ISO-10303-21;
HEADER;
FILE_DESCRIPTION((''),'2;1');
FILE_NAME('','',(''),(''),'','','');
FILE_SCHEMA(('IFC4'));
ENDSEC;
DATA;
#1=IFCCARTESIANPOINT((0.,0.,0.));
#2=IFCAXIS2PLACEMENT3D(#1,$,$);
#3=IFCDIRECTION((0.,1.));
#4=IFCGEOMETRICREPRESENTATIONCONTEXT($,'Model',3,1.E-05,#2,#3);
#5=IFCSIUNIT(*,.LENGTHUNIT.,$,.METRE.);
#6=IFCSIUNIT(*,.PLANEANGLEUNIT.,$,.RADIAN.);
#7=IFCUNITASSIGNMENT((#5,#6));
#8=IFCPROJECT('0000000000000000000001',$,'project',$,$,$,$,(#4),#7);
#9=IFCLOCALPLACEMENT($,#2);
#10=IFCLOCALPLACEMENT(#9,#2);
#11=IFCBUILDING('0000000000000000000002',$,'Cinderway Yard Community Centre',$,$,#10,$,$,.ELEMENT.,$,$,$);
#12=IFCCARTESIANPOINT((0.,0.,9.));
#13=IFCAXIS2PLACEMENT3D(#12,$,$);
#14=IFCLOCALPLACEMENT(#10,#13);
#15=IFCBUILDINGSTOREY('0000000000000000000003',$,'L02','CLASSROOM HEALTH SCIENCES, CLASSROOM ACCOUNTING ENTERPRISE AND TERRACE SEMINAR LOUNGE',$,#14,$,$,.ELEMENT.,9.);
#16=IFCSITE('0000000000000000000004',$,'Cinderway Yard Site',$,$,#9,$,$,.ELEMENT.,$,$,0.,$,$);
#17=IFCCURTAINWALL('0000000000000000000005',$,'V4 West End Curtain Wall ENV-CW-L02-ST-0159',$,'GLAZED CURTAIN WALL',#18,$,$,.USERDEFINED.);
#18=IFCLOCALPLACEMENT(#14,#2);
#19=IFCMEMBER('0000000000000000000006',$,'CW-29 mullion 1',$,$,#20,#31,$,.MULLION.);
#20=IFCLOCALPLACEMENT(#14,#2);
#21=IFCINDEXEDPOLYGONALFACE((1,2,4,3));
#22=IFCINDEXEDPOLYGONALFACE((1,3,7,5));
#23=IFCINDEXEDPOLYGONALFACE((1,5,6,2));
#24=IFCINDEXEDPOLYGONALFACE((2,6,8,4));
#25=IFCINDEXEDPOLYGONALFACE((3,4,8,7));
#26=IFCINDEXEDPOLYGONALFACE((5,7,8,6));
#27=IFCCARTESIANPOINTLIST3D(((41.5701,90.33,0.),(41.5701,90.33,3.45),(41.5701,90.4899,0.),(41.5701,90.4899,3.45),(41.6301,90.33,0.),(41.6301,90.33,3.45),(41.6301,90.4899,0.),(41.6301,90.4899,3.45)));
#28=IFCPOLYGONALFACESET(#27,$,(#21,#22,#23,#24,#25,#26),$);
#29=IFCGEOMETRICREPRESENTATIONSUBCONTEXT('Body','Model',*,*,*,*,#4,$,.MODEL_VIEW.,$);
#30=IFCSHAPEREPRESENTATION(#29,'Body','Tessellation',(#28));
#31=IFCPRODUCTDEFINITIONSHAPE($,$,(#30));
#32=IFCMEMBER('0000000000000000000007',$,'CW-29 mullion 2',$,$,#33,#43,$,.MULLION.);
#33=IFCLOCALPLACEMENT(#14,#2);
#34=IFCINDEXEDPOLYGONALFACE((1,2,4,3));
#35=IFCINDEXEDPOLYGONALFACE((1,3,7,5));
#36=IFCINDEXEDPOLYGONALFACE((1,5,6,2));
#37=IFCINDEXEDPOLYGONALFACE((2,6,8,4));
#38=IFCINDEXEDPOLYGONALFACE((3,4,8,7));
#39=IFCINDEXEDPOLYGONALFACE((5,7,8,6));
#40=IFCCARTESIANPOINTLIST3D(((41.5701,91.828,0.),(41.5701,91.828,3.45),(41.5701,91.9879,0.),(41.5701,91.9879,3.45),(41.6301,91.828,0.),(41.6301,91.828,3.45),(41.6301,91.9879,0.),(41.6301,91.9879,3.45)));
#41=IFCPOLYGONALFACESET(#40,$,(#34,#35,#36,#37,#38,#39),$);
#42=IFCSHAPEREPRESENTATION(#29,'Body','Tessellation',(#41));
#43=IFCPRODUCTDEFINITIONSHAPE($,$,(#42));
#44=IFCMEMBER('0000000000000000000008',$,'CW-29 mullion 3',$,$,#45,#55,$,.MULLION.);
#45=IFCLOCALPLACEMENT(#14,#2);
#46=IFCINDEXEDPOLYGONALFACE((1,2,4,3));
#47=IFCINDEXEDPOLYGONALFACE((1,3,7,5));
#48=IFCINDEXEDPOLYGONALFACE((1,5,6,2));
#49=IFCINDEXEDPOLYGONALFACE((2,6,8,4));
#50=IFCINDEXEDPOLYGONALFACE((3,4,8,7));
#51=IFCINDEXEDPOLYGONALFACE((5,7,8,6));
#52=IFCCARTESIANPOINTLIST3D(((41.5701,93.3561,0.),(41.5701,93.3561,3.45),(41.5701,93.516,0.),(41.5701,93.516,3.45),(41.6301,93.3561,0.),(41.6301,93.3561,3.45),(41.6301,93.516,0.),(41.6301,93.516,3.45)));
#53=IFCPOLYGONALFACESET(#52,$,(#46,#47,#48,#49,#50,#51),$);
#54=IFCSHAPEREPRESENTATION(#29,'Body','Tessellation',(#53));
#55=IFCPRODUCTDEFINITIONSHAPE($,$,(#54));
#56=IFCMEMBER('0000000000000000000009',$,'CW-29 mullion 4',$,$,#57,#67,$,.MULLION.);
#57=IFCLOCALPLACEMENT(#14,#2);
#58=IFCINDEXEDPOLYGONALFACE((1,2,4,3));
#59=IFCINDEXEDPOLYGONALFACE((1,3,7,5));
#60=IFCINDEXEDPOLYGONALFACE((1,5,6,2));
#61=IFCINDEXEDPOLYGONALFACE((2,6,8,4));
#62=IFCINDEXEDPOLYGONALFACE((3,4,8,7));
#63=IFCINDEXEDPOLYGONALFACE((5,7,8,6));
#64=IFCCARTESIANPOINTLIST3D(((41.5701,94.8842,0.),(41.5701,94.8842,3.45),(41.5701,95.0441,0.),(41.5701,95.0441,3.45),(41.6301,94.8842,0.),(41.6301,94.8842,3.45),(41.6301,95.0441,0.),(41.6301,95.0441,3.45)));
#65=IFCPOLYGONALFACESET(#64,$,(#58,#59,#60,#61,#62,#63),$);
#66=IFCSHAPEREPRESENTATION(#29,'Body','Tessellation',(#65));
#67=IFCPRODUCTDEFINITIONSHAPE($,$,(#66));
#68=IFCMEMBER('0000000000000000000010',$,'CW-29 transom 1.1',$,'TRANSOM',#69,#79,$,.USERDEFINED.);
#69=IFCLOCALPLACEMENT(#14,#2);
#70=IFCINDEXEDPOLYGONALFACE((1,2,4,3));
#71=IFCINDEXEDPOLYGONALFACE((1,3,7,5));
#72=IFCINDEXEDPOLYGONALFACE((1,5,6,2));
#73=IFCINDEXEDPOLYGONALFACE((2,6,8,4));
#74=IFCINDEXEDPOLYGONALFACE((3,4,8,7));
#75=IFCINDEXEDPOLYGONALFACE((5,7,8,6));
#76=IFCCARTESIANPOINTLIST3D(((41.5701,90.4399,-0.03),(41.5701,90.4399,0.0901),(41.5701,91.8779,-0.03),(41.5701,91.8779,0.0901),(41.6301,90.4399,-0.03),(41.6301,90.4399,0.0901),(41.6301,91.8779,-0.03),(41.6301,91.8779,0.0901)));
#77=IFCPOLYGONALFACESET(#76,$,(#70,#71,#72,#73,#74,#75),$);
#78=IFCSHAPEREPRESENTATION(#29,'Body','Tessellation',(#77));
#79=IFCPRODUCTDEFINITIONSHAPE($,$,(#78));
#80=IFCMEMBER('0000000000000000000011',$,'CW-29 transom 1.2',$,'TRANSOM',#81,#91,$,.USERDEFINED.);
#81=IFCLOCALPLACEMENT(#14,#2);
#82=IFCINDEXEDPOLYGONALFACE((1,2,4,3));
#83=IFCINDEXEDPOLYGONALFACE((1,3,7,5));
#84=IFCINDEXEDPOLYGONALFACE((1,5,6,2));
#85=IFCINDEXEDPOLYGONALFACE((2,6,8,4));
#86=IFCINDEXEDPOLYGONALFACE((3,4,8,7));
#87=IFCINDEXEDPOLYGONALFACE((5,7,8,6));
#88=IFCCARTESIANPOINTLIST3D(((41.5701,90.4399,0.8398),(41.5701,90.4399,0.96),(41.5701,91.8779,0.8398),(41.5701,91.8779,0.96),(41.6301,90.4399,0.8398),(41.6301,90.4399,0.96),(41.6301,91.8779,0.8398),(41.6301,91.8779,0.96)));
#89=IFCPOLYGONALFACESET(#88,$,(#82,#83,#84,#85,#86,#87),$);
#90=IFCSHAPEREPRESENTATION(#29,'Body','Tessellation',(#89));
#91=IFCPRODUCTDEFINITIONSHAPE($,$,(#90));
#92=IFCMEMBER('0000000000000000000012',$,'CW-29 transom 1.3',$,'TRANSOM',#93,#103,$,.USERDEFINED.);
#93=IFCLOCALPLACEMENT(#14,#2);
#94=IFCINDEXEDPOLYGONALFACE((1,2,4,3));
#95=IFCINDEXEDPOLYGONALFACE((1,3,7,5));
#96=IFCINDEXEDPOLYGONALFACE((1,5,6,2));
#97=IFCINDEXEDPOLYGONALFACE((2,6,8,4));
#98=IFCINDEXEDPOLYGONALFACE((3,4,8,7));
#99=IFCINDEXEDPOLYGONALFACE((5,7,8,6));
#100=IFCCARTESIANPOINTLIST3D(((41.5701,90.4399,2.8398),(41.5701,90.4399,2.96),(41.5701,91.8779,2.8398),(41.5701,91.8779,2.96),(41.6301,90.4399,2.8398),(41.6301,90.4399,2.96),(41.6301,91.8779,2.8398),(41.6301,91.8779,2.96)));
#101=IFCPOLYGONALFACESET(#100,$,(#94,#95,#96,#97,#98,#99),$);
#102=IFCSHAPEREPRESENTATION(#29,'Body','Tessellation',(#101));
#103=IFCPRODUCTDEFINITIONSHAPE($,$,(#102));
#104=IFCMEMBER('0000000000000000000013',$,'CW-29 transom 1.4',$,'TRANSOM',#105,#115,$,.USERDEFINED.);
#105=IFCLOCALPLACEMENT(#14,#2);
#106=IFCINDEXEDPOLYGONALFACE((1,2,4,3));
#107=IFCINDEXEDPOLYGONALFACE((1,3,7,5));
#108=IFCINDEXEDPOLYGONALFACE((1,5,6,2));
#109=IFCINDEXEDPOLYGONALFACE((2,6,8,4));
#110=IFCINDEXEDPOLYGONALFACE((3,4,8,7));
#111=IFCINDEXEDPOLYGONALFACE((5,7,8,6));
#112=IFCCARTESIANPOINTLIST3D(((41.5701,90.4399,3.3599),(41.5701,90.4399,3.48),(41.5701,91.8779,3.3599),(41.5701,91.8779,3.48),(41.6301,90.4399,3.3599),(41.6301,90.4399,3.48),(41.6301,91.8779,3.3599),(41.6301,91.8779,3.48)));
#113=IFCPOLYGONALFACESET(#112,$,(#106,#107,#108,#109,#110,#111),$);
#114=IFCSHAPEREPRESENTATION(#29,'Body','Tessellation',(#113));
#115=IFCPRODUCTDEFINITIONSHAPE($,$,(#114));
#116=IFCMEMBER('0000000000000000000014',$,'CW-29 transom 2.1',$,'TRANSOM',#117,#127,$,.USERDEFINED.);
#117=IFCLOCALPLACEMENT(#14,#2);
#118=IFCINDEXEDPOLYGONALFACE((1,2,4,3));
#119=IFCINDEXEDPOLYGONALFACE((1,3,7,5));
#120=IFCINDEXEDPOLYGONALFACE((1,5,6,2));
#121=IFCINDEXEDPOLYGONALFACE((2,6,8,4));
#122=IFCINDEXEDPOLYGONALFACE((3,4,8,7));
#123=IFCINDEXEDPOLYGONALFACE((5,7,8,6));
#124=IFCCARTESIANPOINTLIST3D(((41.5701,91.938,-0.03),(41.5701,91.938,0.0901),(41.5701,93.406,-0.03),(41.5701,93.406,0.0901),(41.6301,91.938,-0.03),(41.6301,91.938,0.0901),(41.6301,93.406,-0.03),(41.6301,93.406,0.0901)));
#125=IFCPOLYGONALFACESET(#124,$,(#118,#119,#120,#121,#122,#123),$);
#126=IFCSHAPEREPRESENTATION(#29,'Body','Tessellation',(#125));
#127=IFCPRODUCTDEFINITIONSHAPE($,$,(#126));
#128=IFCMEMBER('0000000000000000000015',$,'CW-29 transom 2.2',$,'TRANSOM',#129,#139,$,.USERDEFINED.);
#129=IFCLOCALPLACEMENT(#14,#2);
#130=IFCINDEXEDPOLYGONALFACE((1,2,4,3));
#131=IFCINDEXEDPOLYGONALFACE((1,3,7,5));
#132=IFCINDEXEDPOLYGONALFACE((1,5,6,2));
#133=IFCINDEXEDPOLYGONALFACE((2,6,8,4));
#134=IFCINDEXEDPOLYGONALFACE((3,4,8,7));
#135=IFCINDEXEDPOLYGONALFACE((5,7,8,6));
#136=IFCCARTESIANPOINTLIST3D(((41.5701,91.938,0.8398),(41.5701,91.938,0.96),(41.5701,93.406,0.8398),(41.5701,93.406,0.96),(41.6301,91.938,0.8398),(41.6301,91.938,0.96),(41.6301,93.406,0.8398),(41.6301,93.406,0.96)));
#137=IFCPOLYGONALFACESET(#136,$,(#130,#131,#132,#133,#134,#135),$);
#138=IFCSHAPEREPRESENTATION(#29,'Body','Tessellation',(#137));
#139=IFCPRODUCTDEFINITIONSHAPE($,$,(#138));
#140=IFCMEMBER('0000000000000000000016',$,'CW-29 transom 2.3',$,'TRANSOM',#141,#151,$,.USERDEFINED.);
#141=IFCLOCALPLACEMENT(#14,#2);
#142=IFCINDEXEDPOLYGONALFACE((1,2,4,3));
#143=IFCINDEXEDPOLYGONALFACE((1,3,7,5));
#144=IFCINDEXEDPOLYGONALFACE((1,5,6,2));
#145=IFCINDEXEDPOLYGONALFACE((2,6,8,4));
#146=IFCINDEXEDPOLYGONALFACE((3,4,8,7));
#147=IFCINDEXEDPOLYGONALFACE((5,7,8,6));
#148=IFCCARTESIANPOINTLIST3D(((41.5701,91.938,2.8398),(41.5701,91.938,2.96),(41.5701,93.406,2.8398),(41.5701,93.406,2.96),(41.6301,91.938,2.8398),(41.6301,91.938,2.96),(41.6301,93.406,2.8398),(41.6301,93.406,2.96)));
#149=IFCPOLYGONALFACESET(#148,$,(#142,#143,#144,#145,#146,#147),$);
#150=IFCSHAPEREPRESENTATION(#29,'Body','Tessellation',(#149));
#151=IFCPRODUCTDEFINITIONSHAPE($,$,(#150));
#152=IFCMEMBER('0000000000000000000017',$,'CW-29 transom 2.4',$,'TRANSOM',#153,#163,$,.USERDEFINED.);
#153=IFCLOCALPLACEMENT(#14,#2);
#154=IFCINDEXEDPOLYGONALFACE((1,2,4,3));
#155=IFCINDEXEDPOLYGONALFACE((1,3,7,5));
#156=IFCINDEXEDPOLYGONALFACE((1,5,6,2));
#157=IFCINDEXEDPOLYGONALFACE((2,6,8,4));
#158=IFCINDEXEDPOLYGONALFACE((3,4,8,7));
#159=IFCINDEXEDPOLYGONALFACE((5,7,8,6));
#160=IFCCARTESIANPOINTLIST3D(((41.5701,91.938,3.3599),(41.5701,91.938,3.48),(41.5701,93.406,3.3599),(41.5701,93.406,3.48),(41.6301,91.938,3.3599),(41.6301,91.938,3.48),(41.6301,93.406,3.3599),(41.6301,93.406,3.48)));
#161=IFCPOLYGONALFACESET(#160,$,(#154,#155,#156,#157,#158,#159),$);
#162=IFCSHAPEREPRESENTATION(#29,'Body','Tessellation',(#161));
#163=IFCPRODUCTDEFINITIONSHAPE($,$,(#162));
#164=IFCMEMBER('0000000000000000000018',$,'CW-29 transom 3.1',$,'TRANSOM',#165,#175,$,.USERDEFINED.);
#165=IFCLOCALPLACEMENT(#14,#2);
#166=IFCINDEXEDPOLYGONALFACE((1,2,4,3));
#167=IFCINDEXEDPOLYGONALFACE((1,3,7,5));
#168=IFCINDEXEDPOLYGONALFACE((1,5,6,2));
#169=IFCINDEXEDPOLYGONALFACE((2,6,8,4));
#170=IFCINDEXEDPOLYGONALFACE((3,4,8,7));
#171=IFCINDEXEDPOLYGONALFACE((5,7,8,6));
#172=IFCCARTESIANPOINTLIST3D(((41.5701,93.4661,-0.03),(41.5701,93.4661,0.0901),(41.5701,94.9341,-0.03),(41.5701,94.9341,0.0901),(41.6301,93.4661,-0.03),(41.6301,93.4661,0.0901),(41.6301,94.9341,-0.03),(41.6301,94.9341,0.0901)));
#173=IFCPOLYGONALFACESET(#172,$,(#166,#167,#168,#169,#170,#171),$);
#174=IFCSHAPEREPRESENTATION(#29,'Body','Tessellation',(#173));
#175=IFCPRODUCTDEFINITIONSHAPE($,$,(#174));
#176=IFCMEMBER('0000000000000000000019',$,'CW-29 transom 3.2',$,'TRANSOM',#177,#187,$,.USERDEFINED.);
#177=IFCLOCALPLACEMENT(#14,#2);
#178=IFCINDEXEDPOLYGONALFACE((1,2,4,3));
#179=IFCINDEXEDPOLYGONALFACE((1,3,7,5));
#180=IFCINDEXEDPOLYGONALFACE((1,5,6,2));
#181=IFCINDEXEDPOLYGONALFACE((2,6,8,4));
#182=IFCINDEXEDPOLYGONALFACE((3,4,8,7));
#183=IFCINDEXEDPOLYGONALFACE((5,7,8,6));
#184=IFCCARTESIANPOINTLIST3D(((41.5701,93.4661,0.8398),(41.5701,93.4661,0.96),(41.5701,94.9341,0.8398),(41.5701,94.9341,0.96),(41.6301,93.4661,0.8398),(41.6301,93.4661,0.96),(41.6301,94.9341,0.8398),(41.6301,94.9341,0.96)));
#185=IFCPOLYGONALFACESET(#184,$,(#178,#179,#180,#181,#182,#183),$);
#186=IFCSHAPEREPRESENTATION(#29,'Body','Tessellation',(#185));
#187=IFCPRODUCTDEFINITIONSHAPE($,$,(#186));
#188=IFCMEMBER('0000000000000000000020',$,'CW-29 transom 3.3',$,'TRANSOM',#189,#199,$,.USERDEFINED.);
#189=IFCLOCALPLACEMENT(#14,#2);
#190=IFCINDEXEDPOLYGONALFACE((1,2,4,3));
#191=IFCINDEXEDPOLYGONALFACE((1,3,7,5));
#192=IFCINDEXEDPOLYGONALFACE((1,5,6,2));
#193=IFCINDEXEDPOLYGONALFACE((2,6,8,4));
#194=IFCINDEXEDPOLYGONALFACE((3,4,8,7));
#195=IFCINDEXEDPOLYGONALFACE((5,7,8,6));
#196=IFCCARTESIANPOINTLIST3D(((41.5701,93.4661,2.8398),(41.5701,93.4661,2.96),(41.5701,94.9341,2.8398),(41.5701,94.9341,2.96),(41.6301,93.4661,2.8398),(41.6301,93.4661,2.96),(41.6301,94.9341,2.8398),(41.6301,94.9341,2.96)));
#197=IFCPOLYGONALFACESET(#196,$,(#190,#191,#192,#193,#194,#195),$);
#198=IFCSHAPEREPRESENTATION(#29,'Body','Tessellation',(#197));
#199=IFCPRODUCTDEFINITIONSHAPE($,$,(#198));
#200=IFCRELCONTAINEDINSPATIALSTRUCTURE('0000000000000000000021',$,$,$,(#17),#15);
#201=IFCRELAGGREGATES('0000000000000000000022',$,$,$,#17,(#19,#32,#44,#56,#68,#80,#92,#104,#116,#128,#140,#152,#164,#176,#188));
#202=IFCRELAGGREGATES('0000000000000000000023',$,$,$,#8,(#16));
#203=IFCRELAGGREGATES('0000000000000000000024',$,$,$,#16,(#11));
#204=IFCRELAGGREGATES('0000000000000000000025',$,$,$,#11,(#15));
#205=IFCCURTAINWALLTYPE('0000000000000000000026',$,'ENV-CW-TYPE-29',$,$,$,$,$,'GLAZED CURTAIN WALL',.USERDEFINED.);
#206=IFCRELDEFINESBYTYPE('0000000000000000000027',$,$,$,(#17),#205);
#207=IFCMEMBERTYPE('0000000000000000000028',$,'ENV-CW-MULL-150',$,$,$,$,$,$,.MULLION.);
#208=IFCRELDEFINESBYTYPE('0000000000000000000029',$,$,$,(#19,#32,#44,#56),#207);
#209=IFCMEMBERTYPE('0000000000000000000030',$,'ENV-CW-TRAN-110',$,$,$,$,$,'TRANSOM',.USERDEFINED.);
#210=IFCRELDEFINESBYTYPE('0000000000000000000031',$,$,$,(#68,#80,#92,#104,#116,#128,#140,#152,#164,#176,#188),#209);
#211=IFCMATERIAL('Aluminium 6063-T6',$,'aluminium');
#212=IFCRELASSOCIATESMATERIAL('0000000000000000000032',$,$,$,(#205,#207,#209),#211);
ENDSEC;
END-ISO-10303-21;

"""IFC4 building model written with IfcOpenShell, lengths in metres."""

from ifc_helpers import new_model, si_unit, direction, frame, origin, origin_2d, place, context, subcontext, project, spatial, rectangle, extrude, material, material_profile, profile_set, type_object, element, aggregate, save


model = new_model("IFC4")

# Units and contexts
model_context = context("Model", 3, precision=1e-05, world=origin(), true_north=direction((0.0, 1.0)))
body_context = subcontext(model_context, "Body", "Model", "MODEL_VIEW")
ifc_project = project(units=[si_unit("LENGTHUNIT", "METRE"), si_unit("PLANEANGLEUNIT", "RADIAN")], contexts=[model_context])

# Site, building, storey
site_placement = place(None, origin())
site = spatial("IfcSite", under=ifc_project, at=site_placement, Name="Cinderway Yard Site", CompositionType="ELEMENT", RefElevation=0.0)
building_placement = place(site_placement, origin())
building = spatial("IfcBuilding", under=site, at=building_placement, Name="Cinderway Yard Community Centre", CompositionType="ELEMENT")
storey_placement = place(building_placement, frame((0.0, 0.0, 9.0)))
storey = spatial("IfcBuildingStorey", under=building, at=storey_placement, Name="L02", Description="CLASSROOM HEALTH SCIENCES, CLASSROOM ACCOUNTING ENTERPRISE AND TERRACE SEMINAR LOUNGE", CompositionType="ELEMENT", Elevation=9.0)

# Curtain wall, members
ifc_material_1 = material(Name="Aluminium 6063-T6", Category="aluminium")
curtain_wall_type = type_object("IfcCurtainWallType", Name="ENV-CW-TYPE-29", ElementType="GLAZED CURTAIN WALL", PredefinedType="USERDEFINED", material=ifc_material_1)
curtain_wall_placement = place(storey_placement, origin())
curtain_wall = element("IfcCurtainWall", 1, at=curtain_wall_placement, inside=storey, type_object=curtain_wall_type, Name="V4 West End Curtain Wall ENV-CW-L02-ST-0159", ObjectType="GLAZED CURTAIN WALL", PredefinedType="USERDEFINED")
ifc_material_profile_1 = material_profile(ifc_material_1, rectangle(XDim=0.0601, YDim=0.1599, at=origin_2d()), Name="Aluminium 6063-T6")
ifc_profile_set_1 = profile_set([ifc_material_profile_1], Name="Aluminium 6063-T6")
member_type_1 = type_object("IfcMemberType", Name="ENV-CW-MULL-150", PredefinedType="MULLION", material=ifc_profile_set_1)
member_1_placement = place(storey_placement, frame((41.6001, 90.4099, 0.0), z_axis=(0.0, 0.0, 1.0), x_axis=(-1.0, 0.0, 0.0)))
member_1 = element("IfcMember", 2, at=member_1_placement, type_object=member_type_1, Name="CW-29 mullion 1", PredefinedType="MULLION", context=body_context, shape_type="SweptSolid", body=[
    extrude(rectangle(XDim=0.0601, YDim=0.1599, at=origin_2d()), origin(), (0.0, 0.0, 1.0), 3.45),
])
member_2_placement = place(storey_placement, frame((41.6001, 91.908, 0.0), z_axis=(0.0, 0.0, 1.0), x_axis=(-1.0, 0.0, 0.0)))
member_2 = element("IfcMember", 3, at=member_2_placement, type_object=member_type_1, Name="CW-29 mullion 2", PredefinedType="MULLION", context=body_context, shape_type="SweptSolid", body=[
    extrude(rectangle(XDim=0.0601, YDim=0.1599, at=origin_2d()), origin(), (0.0, 0.0, 1.0), 3.45),
])
member_3_placement = place(storey_placement, frame((41.6001, 93.436, 0.0), z_axis=(0.0, 0.0, 1.0), x_axis=(-1.0, 0.0, 0.0)))
member_3 = element("IfcMember", 4, at=member_3_placement, type_object=member_type_1, Name="CW-29 mullion 3", PredefinedType="MULLION", context=body_context, shape_type="SweptSolid", body=[
    extrude(rectangle(XDim=0.0601, YDim=0.1599, at=origin_2d()), origin(), (0.0, 0.0, 1.0), 3.45),
])
member_4_placement = place(storey_placement, frame((41.6001, 94.9641, 0.0), z_axis=(0.0, 0.0, 1.0), x_axis=(-1.0, 0.0, 0.0)))
member_4 = element("IfcMember", 5, at=member_4_placement, type_object=member_type_1, Name="CW-29 mullion 4", PredefinedType="MULLION", context=body_context, shape_type="SweptSolid", body=[
    extrude(rectangle(XDim=0.0601, YDim=0.1599, at=origin_2d()), origin(), (0.0, 0.0, 1.0), 3.45),
])
ifc_material_profile_2 = material_profile(ifc_material_1, rectangle(XDim=0.0601, YDim=0.1201, at=origin_2d()), Name="Aluminium 6063-T6")
ifc_profile_set_2 = profile_set([ifc_material_profile_2], Name="Aluminium 6063-T6")
member_type_2 = type_object("IfcMemberType", Name="ENV-CW-TRAN-110", ElementType="TRANSOM", PredefinedType="USERDEFINED", material=ifc_profile_set_2)
member_5_placement = place(storey_placement, frame((41.6001, 90.4399, 0.03), z_axis=(0.0, 1.0, 0.0), x_axis=(-1.0, 0.0, 0.0)))
member_5 = element("IfcMember", 6, at=member_5_placement, type_object=member_type_2, Name="CW-29 transom 1.1", ObjectType="TRANSOM", PredefinedType="USERDEFINED", context=body_context, shape_type="SweptSolid", body=[
    extrude(rectangle(XDim=0.0601, YDim=0.1201, at=origin_2d()), origin(), (0.0, 0.0, 1.0), 1.438),
])
member_6_placement = place(storey_placement, frame((41.6001, 90.4399, 0.8999), z_axis=(0.0, 1.0, 0.0), x_axis=(-1.0, 0.0, 0.0)))
member_6 = element("IfcMember", 7, at=member_6_placement, type_object=member_type_2, Name="CW-29 transom 1.2", ObjectType="TRANSOM", PredefinedType="USERDEFINED", context=body_context, shape_type="SweptSolid", body=[
    extrude(rectangle(XDim=0.0601, YDim=0.1201, at=origin_2d()), origin(), (0.0, 0.0, 1.0), 1.438),
])
member_7_placement = place(storey_placement, frame((41.6001, 90.4399, 2.8999), z_axis=(0.0, 1.0, 0.0), x_axis=(-1.0, 0.0, 0.0)))
member_7 = element("IfcMember", 8, at=member_7_placement, type_object=member_type_2, Name="CW-29 transom 1.3", ObjectType="TRANSOM", PredefinedType="USERDEFINED", context=body_context, shape_type="SweptSolid", body=[
    extrude(rectangle(XDim=0.0601, YDim=0.1201, at=origin_2d()), origin(), (0.0, 0.0, 1.0), 1.438),
])
member_8_placement = place(storey_placement, frame((41.6001, 90.4399, 3.4199), z_axis=(0.0, 1.0, 0.0), x_axis=(-1.0, 0.0, 0.0)))
member_8 = element("IfcMember", 9, at=member_8_placement, type_object=member_type_2, Name="CW-29 transom 1.4", ObjectType="TRANSOM", PredefinedType="USERDEFINED", context=body_context, shape_type="SweptSolid", body=[
    extrude(rectangle(XDim=0.0601, YDim=0.1201, at=origin_2d()), origin(), (0.0, 0.0, 1.0), 1.438),
])
member_9_placement = place(storey_placement, frame((41.6001, 91.938, 0.03), z_axis=(0.0, 1.0, 0.0), x_axis=(-1.0, 0.0, 0.0)))
member_9 = element("IfcMember", 10, at=member_9_placement, type_object=member_type_2, Name="CW-29 transom 2.1", ObjectType="TRANSOM", PredefinedType="USERDEFINED", context=body_context, shape_type="SweptSolid", body=[
    extrude(rectangle(XDim=0.0601, YDim=0.1201, at=origin_2d()), origin(), (0.0, 0.0, 1.0), 1.468),
])
member_10_placement = place(storey_placement, frame((41.6001, 91.938, 0.8999), z_axis=(0.0, 1.0, 0.0), x_axis=(-1.0, 0.0, 0.0)))
member_10 = element("IfcMember", 11, at=member_10_placement, type_object=member_type_2, Name="CW-29 transom 2.2", ObjectType="TRANSOM", PredefinedType="USERDEFINED", context=body_context, shape_type="SweptSolid", body=[
    extrude(rectangle(XDim=0.0601, YDim=0.1201, at=origin_2d()), origin(), (0.0, 0.0, 1.0), 1.468),
])
member_11_placement = place(storey_placement, frame((41.6001, 91.938, 2.8999), z_axis=(0.0, 1.0, 0.0), x_axis=(-1.0, 0.0, 0.0)))
member_11 = element("IfcMember", 12, at=member_11_placement, type_object=member_type_2, Name="CW-29 transom 2.3", ObjectType="TRANSOM", PredefinedType="USERDEFINED", context=body_context, shape_type="SweptSolid", body=[
    extrude(rectangle(XDim=0.0601, YDim=0.1201, at=origin_2d()), origin(), (0.0, 0.0, 1.0), 1.468),
])
member_12_placement = place(storey_placement, frame((41.6001, 91.938, 3.4199), z_axis=(0.0, 1.0, 0.0), x_axis=(-1.0, 0.0, 0.0)))
member_12 = element("IfcMember", 13, at=member_12_placement, type_object=member_type_2, Name="CW-29 transom 2.4", ObjectType="TRANSOM", PredefinedType="USERDEFINED", context=body_context, shape_type="SweptSolid", body=[
    extrude(rectangle(XDim=0.0601, YDim=0.1201, at=origin_2d()), origin(), (0.0, 0.0, 1.0), 1.468),
])
member_13_placement = place(storey_placement, frame((41.6001, 93.4661, 0.03), z_axis=(0.0, 1.0, 0.0), x_axis=(-1.0, 0.0, 0.0)))
member_13 = element("IfcMember", 14, at=member_13_placement, type_object=member_type_2, Name="CW-29 transom 3.1", ObjectType="TRANSOM", PredefinedType="USERDEFINED", context=body_context, shape_type="SweptSolid", body=[
    extrude(rectangle(XDim=0.0601, YDim=0.1201, at=origin_2d()), origin(), (0.0, 0.0, 1.0), 1.468),
])
member_14_placement = place(storey_placement, frame((41.6001, 93.4661, 0.8999), z_axis=(0.0, 1.0, 0.0), x_axis=(-1.0, 0.0, 0.0)))
member_14 = element("IfcMember", 15, at=member_14_placement, type_object=member_type_2, Name="CW-29 transom 3.2", ObjectType="TRANSOM", PredefinedType="USERDEFINED", context=body_context, shape_type="SweptSolid", body=[
    extrude(rectangle(XDim=0.0601, YDim=0.1201, at=origin_2d()), origin(), (0.0, 0.0, 1.0), 1.468),
])
member_15_placement = place(storey_placement, frame((41.6001, 93.4661, 2.8999), z_axis=(0.0, 1.0, 0.0), x_axis=(-1.0, 0.0, 0.0)))
member_15 = element("IfcMember", 16, at=member_15_placement, type_object=member_type_2, Name="CW-29 transom 3.3", ObjectType="TRANSOM", PredefinedType="USERDEFINED", context=body_context, shape_type="SweptSolid", body=[
    extrude(rectangle(XDim=0.0601, YDim=0.1201, at=origin_2d()), origin(), (0.0, 0.0, 1.0), 1.468),
])

aggregate(curtain_wall, [member_1, member_2, member_3, member_4, member_5, member_6, member_7, member_8, member_9, member_10, member_11, member_12, member_13, member_14, member_15])

save(model, "model.ifc")
